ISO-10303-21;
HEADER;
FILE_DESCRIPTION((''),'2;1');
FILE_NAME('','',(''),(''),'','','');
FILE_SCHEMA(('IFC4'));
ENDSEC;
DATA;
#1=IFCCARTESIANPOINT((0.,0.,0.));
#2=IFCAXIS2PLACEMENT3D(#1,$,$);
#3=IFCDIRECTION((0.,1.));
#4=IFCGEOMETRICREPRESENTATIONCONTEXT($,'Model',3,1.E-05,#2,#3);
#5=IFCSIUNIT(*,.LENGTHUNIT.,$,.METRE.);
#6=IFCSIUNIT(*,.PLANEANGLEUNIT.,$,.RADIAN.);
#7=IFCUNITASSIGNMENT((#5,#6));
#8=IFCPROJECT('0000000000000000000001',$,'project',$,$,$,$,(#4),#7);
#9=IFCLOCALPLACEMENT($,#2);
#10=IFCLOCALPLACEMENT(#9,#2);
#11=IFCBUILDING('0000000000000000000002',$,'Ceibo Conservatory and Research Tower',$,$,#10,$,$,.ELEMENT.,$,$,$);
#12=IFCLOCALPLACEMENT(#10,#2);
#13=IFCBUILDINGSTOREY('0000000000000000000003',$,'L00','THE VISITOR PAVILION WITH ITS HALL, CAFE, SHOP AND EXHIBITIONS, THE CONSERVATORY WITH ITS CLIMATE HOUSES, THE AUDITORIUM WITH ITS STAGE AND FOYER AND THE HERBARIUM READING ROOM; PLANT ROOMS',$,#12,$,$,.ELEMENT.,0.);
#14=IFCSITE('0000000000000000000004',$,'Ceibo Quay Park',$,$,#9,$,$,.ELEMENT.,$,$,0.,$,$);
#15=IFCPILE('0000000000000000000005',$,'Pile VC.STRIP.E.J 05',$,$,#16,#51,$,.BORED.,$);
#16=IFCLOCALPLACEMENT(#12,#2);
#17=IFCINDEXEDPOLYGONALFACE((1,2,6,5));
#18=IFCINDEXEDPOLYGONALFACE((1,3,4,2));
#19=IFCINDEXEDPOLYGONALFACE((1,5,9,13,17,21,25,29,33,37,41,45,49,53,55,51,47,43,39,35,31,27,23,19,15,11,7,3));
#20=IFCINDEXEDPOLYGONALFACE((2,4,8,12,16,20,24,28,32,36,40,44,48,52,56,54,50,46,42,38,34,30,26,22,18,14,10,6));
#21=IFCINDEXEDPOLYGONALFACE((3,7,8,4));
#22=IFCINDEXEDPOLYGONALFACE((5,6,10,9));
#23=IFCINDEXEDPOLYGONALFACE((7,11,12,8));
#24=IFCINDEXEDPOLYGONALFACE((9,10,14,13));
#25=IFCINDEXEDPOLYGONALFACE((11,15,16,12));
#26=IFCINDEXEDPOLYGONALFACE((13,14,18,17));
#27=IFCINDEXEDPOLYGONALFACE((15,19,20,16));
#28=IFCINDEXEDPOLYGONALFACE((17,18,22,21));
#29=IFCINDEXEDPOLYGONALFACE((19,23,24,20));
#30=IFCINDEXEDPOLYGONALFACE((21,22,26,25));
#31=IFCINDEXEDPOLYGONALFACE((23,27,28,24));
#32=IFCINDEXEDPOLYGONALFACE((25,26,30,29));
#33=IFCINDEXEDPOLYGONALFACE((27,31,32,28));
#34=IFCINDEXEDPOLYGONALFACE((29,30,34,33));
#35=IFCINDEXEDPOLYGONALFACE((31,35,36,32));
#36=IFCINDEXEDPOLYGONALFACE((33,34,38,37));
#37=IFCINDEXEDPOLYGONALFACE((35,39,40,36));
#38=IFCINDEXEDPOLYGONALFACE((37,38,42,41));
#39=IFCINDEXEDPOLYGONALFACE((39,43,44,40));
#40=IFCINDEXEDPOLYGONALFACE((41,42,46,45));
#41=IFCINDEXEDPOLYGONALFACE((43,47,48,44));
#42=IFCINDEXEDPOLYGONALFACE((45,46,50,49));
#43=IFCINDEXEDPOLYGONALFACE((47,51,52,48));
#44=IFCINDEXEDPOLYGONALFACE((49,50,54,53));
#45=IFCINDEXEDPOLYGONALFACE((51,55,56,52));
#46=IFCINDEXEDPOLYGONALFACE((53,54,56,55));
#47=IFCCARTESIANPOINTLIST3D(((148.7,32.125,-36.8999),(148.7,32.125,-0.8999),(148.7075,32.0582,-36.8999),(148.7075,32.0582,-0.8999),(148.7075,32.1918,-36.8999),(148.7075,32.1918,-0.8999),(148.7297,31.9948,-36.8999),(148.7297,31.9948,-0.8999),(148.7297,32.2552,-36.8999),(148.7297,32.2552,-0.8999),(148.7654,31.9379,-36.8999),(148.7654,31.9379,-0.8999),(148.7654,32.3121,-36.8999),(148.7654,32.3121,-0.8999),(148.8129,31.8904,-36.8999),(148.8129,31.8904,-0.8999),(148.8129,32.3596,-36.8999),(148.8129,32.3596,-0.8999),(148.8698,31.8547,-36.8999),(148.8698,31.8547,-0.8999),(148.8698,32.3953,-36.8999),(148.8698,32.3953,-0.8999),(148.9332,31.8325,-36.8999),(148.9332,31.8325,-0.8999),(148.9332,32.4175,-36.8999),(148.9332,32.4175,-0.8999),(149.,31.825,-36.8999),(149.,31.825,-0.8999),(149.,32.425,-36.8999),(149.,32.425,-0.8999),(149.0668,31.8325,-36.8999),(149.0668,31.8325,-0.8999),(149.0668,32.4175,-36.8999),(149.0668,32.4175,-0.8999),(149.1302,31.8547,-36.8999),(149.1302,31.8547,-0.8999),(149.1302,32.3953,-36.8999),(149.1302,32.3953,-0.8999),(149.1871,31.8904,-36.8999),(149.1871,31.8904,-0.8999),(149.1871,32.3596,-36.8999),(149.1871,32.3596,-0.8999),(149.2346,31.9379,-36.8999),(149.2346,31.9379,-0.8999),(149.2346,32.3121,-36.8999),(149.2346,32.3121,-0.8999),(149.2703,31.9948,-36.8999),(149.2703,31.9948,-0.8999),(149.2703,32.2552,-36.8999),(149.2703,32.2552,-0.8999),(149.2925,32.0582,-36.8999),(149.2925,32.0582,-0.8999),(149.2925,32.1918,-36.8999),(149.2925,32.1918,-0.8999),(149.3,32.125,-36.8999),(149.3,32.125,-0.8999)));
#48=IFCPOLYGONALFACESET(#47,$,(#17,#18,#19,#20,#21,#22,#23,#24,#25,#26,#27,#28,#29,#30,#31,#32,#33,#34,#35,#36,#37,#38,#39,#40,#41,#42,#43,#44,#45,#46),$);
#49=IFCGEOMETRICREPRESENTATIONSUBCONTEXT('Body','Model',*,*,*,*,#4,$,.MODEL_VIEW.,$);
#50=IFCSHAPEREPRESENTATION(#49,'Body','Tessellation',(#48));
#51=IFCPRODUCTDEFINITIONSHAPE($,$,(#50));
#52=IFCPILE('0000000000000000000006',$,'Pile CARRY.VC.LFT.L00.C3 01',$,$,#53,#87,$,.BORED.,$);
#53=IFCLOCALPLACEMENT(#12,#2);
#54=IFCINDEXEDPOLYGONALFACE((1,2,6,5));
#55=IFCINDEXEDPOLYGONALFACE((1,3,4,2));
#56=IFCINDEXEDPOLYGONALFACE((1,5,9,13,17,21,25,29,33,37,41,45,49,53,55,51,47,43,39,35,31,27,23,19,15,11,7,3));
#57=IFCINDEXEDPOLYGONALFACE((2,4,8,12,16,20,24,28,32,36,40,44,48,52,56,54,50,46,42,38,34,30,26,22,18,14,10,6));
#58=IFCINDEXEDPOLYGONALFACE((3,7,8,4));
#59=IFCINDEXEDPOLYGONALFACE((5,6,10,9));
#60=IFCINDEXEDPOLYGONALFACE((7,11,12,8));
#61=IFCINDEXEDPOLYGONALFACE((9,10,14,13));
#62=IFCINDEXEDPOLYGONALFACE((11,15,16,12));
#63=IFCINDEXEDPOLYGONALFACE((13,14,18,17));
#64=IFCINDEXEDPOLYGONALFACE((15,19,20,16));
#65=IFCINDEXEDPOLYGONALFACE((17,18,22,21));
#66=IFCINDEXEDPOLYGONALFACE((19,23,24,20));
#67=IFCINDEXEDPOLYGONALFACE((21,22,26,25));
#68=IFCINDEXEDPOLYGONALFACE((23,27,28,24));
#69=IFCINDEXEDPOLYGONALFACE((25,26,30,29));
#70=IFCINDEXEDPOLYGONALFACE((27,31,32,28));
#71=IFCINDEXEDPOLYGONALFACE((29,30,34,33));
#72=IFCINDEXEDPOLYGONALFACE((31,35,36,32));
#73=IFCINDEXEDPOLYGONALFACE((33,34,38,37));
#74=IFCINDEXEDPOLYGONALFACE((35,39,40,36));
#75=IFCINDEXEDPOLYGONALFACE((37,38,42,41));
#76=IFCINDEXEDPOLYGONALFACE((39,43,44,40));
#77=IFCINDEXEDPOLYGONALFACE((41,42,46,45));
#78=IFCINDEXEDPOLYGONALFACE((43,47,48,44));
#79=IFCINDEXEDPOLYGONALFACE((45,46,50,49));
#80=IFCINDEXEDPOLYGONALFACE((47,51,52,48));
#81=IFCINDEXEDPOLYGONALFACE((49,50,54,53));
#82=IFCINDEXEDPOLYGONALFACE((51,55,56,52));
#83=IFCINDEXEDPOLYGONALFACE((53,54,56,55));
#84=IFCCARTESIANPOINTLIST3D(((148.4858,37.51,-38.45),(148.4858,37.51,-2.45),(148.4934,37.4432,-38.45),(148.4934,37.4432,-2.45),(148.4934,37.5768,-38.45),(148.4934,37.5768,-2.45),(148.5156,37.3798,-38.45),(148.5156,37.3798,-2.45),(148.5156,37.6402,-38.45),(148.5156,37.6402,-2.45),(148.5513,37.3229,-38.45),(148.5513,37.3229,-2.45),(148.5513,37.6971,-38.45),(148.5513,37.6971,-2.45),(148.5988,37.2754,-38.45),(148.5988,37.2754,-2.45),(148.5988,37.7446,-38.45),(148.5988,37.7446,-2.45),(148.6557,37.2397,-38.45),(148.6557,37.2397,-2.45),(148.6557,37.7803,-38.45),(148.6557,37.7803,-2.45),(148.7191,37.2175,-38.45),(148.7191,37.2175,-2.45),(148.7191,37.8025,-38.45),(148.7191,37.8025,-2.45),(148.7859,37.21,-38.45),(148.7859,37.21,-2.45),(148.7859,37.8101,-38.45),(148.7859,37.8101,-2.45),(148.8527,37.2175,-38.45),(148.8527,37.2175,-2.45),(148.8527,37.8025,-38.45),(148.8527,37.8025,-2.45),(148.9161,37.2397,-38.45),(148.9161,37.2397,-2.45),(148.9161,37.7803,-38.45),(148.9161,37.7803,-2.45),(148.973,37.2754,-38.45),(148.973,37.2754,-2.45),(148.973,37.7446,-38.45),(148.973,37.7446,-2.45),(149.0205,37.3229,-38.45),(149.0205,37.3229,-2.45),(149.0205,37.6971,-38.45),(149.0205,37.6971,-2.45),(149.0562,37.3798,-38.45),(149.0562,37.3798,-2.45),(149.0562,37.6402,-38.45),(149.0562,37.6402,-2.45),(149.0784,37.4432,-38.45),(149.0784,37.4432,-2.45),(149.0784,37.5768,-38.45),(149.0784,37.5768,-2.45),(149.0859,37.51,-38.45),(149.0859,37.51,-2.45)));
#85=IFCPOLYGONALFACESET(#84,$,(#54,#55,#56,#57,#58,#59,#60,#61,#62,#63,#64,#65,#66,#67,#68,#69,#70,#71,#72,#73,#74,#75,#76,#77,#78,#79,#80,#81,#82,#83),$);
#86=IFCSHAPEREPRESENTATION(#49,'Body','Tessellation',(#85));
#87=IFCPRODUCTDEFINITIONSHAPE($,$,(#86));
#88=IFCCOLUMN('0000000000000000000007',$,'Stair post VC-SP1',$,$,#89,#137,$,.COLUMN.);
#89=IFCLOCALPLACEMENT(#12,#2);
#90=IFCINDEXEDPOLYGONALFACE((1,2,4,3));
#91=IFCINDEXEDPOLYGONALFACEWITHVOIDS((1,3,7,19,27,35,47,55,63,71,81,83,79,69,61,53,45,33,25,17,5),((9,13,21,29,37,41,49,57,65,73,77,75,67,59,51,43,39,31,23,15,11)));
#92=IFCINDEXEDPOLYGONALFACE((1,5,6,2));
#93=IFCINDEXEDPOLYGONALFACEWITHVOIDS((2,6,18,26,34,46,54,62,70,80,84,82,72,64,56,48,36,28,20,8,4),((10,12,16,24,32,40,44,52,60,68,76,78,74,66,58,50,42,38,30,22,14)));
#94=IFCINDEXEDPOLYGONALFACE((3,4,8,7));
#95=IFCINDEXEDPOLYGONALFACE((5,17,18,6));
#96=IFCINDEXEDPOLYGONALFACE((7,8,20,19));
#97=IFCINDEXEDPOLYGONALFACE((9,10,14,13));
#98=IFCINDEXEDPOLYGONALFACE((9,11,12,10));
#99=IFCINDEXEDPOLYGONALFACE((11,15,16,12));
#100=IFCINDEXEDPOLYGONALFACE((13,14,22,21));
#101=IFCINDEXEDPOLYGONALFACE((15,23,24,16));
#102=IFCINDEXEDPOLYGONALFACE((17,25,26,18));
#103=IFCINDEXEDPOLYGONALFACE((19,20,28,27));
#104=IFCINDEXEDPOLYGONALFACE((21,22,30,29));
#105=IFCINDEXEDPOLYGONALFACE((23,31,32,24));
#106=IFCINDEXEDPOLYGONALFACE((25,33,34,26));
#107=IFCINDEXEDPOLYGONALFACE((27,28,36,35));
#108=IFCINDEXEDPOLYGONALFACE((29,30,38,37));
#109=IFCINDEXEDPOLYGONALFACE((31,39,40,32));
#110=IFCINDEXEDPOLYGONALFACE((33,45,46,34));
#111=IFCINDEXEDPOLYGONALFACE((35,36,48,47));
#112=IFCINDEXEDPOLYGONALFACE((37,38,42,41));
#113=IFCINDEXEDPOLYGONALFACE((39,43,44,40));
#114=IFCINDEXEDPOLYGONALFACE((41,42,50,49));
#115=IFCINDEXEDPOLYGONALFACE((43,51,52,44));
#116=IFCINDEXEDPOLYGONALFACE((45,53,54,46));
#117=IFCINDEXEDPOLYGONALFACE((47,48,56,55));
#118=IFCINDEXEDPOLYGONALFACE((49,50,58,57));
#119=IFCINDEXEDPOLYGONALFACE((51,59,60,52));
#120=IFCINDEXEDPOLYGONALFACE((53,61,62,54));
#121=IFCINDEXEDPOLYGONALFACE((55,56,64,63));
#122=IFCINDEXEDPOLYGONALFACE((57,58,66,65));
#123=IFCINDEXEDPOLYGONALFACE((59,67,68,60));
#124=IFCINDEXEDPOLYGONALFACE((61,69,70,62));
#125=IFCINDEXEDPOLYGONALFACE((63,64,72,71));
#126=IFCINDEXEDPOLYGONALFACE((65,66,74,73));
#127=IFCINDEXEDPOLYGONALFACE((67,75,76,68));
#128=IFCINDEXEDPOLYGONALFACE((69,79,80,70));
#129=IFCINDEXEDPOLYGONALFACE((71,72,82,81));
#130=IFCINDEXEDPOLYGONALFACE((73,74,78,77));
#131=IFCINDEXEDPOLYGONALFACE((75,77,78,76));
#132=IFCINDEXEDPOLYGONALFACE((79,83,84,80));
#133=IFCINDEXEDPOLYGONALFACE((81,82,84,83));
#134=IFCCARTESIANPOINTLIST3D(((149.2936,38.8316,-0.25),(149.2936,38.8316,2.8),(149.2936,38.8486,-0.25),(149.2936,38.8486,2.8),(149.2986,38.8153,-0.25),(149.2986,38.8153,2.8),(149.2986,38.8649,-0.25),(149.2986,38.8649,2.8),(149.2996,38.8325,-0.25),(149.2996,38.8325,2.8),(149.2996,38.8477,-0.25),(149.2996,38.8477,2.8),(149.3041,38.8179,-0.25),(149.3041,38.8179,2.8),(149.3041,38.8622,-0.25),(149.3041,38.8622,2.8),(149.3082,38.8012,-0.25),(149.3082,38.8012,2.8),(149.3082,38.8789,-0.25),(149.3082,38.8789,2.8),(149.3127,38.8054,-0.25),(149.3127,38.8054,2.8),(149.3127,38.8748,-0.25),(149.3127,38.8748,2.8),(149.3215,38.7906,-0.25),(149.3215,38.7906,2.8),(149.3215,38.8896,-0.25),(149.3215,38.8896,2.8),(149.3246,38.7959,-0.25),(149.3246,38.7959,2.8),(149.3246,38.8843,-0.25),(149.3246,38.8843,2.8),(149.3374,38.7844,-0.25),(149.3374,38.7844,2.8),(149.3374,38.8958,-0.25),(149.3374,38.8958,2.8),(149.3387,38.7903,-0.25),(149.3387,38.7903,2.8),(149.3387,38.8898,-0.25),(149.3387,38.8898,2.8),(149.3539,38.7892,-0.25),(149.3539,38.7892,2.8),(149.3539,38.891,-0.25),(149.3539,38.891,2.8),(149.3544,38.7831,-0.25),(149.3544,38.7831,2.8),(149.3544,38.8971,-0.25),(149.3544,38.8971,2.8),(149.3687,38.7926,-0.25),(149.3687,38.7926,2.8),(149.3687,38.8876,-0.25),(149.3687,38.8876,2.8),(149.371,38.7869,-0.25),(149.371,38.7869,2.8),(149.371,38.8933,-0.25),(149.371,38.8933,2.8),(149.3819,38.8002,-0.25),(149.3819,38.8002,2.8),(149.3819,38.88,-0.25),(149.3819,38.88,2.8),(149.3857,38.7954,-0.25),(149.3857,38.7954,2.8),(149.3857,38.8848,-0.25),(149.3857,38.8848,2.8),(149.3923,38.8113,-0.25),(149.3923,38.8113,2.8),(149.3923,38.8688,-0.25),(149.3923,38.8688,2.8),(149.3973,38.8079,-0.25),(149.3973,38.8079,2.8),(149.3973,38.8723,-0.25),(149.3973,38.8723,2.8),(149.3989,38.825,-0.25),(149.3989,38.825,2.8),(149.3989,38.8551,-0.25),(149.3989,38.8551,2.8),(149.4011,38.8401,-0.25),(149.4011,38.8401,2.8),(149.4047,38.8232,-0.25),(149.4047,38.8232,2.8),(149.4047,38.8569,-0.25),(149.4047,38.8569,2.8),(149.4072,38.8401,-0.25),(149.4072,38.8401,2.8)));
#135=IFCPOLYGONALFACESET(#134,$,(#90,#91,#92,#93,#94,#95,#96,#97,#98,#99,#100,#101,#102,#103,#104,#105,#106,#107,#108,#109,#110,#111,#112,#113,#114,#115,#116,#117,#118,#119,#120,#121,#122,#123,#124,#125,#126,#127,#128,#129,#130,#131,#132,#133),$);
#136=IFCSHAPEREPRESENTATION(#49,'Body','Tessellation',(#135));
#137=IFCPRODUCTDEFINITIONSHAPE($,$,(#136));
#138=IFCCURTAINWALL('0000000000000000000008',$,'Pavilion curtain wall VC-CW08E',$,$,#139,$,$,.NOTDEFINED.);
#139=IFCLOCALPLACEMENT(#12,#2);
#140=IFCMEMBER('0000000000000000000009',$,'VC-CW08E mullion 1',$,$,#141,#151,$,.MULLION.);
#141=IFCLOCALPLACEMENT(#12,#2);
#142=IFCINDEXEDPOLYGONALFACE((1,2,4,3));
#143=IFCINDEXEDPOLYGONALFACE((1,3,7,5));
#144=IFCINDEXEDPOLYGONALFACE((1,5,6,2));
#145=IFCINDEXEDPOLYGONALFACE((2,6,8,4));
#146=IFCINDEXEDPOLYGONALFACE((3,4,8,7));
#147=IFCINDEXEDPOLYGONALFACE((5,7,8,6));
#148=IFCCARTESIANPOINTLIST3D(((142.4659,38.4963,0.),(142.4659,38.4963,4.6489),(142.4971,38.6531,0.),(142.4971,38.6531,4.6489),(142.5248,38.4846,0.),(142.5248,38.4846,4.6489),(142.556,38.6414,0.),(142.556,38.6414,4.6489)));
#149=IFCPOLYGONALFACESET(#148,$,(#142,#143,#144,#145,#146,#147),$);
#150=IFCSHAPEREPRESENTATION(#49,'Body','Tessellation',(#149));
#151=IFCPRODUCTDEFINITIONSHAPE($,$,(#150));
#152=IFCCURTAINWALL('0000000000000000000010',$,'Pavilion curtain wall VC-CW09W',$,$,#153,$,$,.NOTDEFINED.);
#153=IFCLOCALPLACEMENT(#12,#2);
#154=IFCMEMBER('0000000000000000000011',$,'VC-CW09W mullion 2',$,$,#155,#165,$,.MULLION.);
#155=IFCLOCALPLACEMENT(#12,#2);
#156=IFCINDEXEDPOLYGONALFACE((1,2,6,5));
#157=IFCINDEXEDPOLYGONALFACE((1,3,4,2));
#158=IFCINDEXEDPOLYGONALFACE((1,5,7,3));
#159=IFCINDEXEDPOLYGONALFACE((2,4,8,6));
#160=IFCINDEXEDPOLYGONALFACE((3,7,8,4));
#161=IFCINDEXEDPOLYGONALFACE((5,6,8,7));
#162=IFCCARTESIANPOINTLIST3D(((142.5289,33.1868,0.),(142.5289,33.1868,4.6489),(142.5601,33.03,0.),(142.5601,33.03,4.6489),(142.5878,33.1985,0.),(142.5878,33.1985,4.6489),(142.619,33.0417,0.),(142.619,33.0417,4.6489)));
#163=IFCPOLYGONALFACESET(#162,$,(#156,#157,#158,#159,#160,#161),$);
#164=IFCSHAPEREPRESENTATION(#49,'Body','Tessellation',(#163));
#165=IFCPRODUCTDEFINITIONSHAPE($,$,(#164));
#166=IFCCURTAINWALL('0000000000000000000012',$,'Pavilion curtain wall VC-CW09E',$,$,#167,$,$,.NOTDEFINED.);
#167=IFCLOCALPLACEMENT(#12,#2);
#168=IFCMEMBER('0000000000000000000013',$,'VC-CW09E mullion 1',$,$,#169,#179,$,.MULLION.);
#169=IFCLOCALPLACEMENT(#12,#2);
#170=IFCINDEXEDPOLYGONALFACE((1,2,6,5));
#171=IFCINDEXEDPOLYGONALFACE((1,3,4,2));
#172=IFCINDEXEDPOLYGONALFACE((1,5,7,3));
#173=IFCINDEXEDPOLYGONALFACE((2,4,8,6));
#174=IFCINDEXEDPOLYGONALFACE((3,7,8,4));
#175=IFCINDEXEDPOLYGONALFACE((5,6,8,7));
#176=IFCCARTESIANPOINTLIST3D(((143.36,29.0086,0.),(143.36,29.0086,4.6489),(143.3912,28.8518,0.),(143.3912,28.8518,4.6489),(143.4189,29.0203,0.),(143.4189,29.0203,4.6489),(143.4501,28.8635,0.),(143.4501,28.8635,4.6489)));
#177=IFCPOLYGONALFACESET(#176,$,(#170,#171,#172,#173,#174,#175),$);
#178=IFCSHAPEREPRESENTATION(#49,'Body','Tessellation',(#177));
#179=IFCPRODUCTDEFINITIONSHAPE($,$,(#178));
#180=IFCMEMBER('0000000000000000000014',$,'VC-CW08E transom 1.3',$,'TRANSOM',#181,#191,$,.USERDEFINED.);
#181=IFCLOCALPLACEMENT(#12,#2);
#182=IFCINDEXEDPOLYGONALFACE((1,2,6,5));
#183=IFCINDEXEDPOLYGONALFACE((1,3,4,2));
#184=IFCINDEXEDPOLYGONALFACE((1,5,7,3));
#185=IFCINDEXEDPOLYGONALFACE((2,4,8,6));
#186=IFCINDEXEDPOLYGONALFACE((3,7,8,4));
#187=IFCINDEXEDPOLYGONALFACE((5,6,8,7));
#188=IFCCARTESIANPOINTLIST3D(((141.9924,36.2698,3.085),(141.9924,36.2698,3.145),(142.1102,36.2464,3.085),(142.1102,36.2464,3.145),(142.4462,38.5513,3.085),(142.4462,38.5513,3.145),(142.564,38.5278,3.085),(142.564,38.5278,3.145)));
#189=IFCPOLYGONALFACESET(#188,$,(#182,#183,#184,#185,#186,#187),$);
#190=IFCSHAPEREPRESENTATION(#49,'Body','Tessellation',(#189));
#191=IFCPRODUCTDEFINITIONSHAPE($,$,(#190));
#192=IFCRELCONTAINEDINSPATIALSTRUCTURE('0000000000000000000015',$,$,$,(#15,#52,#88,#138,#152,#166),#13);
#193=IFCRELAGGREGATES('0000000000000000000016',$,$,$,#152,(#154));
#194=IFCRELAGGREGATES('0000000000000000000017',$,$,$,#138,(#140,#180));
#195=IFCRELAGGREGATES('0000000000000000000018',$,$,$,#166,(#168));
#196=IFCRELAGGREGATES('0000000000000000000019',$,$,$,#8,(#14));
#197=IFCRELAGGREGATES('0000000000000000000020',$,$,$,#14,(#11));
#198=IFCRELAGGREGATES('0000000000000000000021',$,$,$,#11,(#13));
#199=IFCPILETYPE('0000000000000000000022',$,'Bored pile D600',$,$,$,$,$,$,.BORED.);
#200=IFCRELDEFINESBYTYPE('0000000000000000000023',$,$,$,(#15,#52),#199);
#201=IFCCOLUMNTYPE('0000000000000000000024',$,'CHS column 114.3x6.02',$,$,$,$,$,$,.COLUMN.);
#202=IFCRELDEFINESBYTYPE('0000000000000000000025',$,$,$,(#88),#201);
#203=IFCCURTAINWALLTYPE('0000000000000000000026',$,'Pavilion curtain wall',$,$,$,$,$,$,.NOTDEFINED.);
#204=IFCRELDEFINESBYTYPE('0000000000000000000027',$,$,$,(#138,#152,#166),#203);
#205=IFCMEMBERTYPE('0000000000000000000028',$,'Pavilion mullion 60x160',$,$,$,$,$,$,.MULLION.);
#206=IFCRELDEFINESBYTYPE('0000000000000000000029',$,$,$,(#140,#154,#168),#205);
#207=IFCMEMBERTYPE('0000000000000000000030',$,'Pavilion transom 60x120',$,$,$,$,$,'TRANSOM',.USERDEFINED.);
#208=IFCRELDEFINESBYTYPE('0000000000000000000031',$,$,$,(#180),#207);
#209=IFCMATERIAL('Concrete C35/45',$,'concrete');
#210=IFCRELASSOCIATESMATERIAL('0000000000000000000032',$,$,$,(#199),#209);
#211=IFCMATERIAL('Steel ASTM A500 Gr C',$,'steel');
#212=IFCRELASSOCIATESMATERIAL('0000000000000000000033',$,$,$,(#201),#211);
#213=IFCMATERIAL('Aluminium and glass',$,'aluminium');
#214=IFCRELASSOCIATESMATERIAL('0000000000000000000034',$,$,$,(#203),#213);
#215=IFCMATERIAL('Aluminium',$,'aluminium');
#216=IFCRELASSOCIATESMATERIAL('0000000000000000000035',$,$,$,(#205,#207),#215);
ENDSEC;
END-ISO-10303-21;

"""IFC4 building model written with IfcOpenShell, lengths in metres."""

from ifc_helpers import new_model, si_unit, direction, frame, origin, origin_2d, place, context, subcontext, project, spatial, rectangle, circle, hollow_circle, extrude, material, material_profile, profile_set, type_object, element, aggregate, save


model = new_model("IFC4")

# Units and contexts
model_context = context("Model", 3, precision=1e-05, world=origin(), true_north=direction((0.0, 1.0)))
body_context = subcontext(model_context, "Body", "Model", "MODEL_VIEW")
ifc_project = project(units=[si_unit("LENGTHUNIT", "METRE"), si_unit("PLANEANGLEUNIT", "RADIAN")], contexts=[model_context])

# Site, building, storey
site_placement = place(None, origin())
site = spatial("IfcSite", under=ifc_project, at=site_placement, Name="Ceibo Quay Park", CompositionType="ELEMENT", RefElevation=0.0)
building_placement = place(site_placement, origin())
building = spatial("IfcBuilding", under=site, at=building_placement, Name="Ceibo Conservatory and Research Tower", CompositionType="ELEMENT")
storey_placement = place(building_placement, origin())
storey = spatial("IfcBuildingStorey", under=building, at=storey_placement, Name="L00", Description="THE VISITOR PAVILION WITH ITS HALL, CAFE, SHOP AND EXHIBITIONS, THE CONSERVATORY WITH ITS CLIMATE HOUSES, THE AUDITORIUM WITH ITS STAGE AND FOYER AND THE HERBARIUM READING ROOM; PLANT ROOMS", CompositionType="ELEMENT", Elevation=0.0)

# Piles
ifc_material_1 = material(Name="Concrete C35/45", Category="concrete")
ifc_material_profile_1 = material_profile(ifc_material_1, circle(Radius=0.3, at=origin_2d()), Name="RC D600")
ifc_profile_set_1 = profile_set([ifc_material_profile_1], Name="Concrete C35/45")
pile_type = type_object("IfcPileType", Name="Bored pile D600", PredefinedType="BORED", material=ifc_profile_set_1)
for number, where, z_axis, x_axis, name in (
    (1, (149.0, 32.125, -0.8999), (0.0, 0.0, -1.0), (1.0, 0.0, 0.0), "Pile VC.STRIP.E.J 05"),
    (2, (148.7859, 37.51, -2.45), (0.0, 0.0, -1.0), (1.0, 0.0, 0.0), "Pile CARRY.VC.LFT.L00.C3 01"),
):
    element("IfcPile", number, at=place(storey_placement, frame(where, z_axis=z_axis, x_axis=x_axis)), inside=storey, type_object=pile_type, Name=name, PredefinedType="BORED", context=body_context, shape_type="SweptSolid", body=[
        extrude(circle(Radius=0.3, at=origin_2d()), origin(), (0.0, 0.0, 1.0), 36.0),
    ])

# Column
ifc_material_2 = material(Name="Steel ASTM A500 Gr C", Category="steel")
ifc_material_profile_2 = material_profile(ifc_material_2, hollow_circle(Radius=0.0571, WallThickness=0.0061, at=origin_2d()), Name="CHS column 114.3x6.02")
ifc_profile_set_2 = profile_set([ifc_material_profile_2], Name="Steel ASTM A500 Gr C")
column_type = type_object("IfcColumnType", Name="CHS column 114.3x6.02", PredefinedType="COLUMN", material=ifc_profile_set_2)
column_placement = place(storey_placement, frame((149.3501, 38.8401, -0.25), z_axis=(0.0, 0.0, 1.0), x_axis=(1.0, 0.0, 0.0)))
element("IfcColumn", 3, at=column_placement, inside=storey, type_object=column_type, Name="Stair post VC-SP1", PredefinedType="COLUMN", context=body_context, shape_type="SweptSolid", body=[
    extrude(hollow_circle(Radius=0.0571, WallThickness=0.0061, at=origin_2d()), origin(), (0.0, 0.0, 1.0), 3.05),
])

# Curtain walls, members
ifc_material_3 = material(Name="Aluminium and glass", Category="aluminium")
curtain_wall_type = type_object("IfcCurtainWallType", Name="Pavilion curtain wall", PredefinedType="NOTDEFINED", material=ifc_material_3)
curtain_wall_1_placement = place(storey_placement, origin())
curtain_wall_1 = element("IfcCurtainWall", 4, at=curtain_wall_1_placement, inside=storey, type_object=curtain_wall_type, Name="Pavilion curtain wall VC-CW08E", PredefinedType="NOTDEFINED")
ifc_material_4 = material(Name="Aluminium", Category="aluminium")
ifc_material_profile_3 = material_profile(ifc_material_4, rectangle(XDim=0.0601, YDim=0.1599, at=origin_2d()), Name="AL 60x160")
ifc_profile_set_3 = profile_set([ifc_material_profile_3], Name="Aluminium")
member_type_1 = type_object("IfcMemberType", Name="Pavilion mullion 60x160", PredefinedType="MULLION", material=ifc_profile_set_3)
member_1_placement = place(storey_placement, frame((142.511, 38.5688, 0.0), z_axis=(0.0, 0.0, 1.0), x_axis=(0.980785, -0.19509, 0.0)))
member_1 = element("IfcMember", 5, at=member_1_placement, type_object=member_type_1, Name="VC-CW08E mullion 1", PredefinedType="MULLION", context=body_context, shape_type="SweptSolid", body=[
    extrude(rectangle(XDim=0.0601, YDim=0.1599, at=origin_2d()), origin(), (0.0, 0.0, 1.0), 4.6489),
])
curtain_wall_2_placement = place(storey_placement, origin())
curtain_wall_2 = element("IfcCurtainWall", 6, at=curtain_wall_2_placement, inside=storey, type_object=curtain_wall_type, Name="Pavilion curtain wall VC-CW09W", PredefinedType="NOTDEFINED")
member_2_placement = place(storey_placement, frame((142.574, 33.1143, 0.0), z_axis=(0.0, 0.0, 1.0), x_axis=(0.980785, 0.19509, 0.0)))
member_2 = element("IfcMember", 7, at=member_2_placement, type_object=member_type_1, Name="VC-CW09W mullion 2", PredefinedType="MULLION", context=body_context, shape_type="SweptSolid", body=[
    extrude(rectangle(XDim=0.0601, YDim=0.1599, at=origin_2d()), origin(), (0.0, 0.0, 1.0), 4.6489),
])
aggregate(curtain_wall_2, [member_2])
curtain_wall_3_placement = place(storey_placement, origin())
curtain_wall_3 = element("IfcCurtainWall", 8, at=curtain_wall_3_placement, inside=storey, type_object=curtain_wall_type, Name="Pavilion curtain wall VC-CW09E", PredefinedType="NOTDEFINED")
member_3_placement = place(storey_placement, frame((143.405, 28.936, 0.0), z_axis=(0.0, 0.0, 1.0), x_axis=(0.980785, 0.19509, 0.0)))
member_3 = element("IfcMember", 9, at=member_3_placement, type_object=member_type_1, Name="VC-CW09E mullion 1", PredefinedType="MULLION", context=body_context, shape_type="SweptSolid", body=[
    extrude(rectangle(XDim=0.0601, YDim=0.1599, at=origin_2d()), origin(), (0.0, 0.0, 1.0), 4.6489),
])

# Member
ifc_material_profile_4 = material_profile(ifc_material_4, rectangle(XDim=0.1201, YDim=0.0601, at=origin_2d()), Name="AL 60x120")
ifc_profile_set_4 = profile_set([ifc_material_profile_4], Name="Aluminium")
member_type_2 = type_object("IfcMemberType", Name="Pavilion transom 60x120", ElementType="TRANSOM", PredefinedType="USERDEFINED", material=ifc_profile_set_4)
member_4_placement = place(storey_placement, frame((142.5051, 38.5396, 3.115), z_axis=(-0.195107, -0.980782, 0.0), x_axis=(0.980782, -0.195107, 0.0)))
member_4 = element("IfcMember", 10, at=member_4_placement, type_object=member_type_2, Name="VC-CW08E transom 1.3", ObjectType="TRANSOM", PredefinedType="USERDEFINED", context=body_context, shape_type="SweptSolid", body=[
    extrude(rectangle(XDim=0.1201, YDim=0.0601, at=origin_2d()), origin(), (0.0, 0.0, 1.0), 2.3262),
])
aggregate(curtain_wall_1, [member_1, member_4])

aggregate(curtain_wall_3, [member_3])

save(model, "model.ifc")
